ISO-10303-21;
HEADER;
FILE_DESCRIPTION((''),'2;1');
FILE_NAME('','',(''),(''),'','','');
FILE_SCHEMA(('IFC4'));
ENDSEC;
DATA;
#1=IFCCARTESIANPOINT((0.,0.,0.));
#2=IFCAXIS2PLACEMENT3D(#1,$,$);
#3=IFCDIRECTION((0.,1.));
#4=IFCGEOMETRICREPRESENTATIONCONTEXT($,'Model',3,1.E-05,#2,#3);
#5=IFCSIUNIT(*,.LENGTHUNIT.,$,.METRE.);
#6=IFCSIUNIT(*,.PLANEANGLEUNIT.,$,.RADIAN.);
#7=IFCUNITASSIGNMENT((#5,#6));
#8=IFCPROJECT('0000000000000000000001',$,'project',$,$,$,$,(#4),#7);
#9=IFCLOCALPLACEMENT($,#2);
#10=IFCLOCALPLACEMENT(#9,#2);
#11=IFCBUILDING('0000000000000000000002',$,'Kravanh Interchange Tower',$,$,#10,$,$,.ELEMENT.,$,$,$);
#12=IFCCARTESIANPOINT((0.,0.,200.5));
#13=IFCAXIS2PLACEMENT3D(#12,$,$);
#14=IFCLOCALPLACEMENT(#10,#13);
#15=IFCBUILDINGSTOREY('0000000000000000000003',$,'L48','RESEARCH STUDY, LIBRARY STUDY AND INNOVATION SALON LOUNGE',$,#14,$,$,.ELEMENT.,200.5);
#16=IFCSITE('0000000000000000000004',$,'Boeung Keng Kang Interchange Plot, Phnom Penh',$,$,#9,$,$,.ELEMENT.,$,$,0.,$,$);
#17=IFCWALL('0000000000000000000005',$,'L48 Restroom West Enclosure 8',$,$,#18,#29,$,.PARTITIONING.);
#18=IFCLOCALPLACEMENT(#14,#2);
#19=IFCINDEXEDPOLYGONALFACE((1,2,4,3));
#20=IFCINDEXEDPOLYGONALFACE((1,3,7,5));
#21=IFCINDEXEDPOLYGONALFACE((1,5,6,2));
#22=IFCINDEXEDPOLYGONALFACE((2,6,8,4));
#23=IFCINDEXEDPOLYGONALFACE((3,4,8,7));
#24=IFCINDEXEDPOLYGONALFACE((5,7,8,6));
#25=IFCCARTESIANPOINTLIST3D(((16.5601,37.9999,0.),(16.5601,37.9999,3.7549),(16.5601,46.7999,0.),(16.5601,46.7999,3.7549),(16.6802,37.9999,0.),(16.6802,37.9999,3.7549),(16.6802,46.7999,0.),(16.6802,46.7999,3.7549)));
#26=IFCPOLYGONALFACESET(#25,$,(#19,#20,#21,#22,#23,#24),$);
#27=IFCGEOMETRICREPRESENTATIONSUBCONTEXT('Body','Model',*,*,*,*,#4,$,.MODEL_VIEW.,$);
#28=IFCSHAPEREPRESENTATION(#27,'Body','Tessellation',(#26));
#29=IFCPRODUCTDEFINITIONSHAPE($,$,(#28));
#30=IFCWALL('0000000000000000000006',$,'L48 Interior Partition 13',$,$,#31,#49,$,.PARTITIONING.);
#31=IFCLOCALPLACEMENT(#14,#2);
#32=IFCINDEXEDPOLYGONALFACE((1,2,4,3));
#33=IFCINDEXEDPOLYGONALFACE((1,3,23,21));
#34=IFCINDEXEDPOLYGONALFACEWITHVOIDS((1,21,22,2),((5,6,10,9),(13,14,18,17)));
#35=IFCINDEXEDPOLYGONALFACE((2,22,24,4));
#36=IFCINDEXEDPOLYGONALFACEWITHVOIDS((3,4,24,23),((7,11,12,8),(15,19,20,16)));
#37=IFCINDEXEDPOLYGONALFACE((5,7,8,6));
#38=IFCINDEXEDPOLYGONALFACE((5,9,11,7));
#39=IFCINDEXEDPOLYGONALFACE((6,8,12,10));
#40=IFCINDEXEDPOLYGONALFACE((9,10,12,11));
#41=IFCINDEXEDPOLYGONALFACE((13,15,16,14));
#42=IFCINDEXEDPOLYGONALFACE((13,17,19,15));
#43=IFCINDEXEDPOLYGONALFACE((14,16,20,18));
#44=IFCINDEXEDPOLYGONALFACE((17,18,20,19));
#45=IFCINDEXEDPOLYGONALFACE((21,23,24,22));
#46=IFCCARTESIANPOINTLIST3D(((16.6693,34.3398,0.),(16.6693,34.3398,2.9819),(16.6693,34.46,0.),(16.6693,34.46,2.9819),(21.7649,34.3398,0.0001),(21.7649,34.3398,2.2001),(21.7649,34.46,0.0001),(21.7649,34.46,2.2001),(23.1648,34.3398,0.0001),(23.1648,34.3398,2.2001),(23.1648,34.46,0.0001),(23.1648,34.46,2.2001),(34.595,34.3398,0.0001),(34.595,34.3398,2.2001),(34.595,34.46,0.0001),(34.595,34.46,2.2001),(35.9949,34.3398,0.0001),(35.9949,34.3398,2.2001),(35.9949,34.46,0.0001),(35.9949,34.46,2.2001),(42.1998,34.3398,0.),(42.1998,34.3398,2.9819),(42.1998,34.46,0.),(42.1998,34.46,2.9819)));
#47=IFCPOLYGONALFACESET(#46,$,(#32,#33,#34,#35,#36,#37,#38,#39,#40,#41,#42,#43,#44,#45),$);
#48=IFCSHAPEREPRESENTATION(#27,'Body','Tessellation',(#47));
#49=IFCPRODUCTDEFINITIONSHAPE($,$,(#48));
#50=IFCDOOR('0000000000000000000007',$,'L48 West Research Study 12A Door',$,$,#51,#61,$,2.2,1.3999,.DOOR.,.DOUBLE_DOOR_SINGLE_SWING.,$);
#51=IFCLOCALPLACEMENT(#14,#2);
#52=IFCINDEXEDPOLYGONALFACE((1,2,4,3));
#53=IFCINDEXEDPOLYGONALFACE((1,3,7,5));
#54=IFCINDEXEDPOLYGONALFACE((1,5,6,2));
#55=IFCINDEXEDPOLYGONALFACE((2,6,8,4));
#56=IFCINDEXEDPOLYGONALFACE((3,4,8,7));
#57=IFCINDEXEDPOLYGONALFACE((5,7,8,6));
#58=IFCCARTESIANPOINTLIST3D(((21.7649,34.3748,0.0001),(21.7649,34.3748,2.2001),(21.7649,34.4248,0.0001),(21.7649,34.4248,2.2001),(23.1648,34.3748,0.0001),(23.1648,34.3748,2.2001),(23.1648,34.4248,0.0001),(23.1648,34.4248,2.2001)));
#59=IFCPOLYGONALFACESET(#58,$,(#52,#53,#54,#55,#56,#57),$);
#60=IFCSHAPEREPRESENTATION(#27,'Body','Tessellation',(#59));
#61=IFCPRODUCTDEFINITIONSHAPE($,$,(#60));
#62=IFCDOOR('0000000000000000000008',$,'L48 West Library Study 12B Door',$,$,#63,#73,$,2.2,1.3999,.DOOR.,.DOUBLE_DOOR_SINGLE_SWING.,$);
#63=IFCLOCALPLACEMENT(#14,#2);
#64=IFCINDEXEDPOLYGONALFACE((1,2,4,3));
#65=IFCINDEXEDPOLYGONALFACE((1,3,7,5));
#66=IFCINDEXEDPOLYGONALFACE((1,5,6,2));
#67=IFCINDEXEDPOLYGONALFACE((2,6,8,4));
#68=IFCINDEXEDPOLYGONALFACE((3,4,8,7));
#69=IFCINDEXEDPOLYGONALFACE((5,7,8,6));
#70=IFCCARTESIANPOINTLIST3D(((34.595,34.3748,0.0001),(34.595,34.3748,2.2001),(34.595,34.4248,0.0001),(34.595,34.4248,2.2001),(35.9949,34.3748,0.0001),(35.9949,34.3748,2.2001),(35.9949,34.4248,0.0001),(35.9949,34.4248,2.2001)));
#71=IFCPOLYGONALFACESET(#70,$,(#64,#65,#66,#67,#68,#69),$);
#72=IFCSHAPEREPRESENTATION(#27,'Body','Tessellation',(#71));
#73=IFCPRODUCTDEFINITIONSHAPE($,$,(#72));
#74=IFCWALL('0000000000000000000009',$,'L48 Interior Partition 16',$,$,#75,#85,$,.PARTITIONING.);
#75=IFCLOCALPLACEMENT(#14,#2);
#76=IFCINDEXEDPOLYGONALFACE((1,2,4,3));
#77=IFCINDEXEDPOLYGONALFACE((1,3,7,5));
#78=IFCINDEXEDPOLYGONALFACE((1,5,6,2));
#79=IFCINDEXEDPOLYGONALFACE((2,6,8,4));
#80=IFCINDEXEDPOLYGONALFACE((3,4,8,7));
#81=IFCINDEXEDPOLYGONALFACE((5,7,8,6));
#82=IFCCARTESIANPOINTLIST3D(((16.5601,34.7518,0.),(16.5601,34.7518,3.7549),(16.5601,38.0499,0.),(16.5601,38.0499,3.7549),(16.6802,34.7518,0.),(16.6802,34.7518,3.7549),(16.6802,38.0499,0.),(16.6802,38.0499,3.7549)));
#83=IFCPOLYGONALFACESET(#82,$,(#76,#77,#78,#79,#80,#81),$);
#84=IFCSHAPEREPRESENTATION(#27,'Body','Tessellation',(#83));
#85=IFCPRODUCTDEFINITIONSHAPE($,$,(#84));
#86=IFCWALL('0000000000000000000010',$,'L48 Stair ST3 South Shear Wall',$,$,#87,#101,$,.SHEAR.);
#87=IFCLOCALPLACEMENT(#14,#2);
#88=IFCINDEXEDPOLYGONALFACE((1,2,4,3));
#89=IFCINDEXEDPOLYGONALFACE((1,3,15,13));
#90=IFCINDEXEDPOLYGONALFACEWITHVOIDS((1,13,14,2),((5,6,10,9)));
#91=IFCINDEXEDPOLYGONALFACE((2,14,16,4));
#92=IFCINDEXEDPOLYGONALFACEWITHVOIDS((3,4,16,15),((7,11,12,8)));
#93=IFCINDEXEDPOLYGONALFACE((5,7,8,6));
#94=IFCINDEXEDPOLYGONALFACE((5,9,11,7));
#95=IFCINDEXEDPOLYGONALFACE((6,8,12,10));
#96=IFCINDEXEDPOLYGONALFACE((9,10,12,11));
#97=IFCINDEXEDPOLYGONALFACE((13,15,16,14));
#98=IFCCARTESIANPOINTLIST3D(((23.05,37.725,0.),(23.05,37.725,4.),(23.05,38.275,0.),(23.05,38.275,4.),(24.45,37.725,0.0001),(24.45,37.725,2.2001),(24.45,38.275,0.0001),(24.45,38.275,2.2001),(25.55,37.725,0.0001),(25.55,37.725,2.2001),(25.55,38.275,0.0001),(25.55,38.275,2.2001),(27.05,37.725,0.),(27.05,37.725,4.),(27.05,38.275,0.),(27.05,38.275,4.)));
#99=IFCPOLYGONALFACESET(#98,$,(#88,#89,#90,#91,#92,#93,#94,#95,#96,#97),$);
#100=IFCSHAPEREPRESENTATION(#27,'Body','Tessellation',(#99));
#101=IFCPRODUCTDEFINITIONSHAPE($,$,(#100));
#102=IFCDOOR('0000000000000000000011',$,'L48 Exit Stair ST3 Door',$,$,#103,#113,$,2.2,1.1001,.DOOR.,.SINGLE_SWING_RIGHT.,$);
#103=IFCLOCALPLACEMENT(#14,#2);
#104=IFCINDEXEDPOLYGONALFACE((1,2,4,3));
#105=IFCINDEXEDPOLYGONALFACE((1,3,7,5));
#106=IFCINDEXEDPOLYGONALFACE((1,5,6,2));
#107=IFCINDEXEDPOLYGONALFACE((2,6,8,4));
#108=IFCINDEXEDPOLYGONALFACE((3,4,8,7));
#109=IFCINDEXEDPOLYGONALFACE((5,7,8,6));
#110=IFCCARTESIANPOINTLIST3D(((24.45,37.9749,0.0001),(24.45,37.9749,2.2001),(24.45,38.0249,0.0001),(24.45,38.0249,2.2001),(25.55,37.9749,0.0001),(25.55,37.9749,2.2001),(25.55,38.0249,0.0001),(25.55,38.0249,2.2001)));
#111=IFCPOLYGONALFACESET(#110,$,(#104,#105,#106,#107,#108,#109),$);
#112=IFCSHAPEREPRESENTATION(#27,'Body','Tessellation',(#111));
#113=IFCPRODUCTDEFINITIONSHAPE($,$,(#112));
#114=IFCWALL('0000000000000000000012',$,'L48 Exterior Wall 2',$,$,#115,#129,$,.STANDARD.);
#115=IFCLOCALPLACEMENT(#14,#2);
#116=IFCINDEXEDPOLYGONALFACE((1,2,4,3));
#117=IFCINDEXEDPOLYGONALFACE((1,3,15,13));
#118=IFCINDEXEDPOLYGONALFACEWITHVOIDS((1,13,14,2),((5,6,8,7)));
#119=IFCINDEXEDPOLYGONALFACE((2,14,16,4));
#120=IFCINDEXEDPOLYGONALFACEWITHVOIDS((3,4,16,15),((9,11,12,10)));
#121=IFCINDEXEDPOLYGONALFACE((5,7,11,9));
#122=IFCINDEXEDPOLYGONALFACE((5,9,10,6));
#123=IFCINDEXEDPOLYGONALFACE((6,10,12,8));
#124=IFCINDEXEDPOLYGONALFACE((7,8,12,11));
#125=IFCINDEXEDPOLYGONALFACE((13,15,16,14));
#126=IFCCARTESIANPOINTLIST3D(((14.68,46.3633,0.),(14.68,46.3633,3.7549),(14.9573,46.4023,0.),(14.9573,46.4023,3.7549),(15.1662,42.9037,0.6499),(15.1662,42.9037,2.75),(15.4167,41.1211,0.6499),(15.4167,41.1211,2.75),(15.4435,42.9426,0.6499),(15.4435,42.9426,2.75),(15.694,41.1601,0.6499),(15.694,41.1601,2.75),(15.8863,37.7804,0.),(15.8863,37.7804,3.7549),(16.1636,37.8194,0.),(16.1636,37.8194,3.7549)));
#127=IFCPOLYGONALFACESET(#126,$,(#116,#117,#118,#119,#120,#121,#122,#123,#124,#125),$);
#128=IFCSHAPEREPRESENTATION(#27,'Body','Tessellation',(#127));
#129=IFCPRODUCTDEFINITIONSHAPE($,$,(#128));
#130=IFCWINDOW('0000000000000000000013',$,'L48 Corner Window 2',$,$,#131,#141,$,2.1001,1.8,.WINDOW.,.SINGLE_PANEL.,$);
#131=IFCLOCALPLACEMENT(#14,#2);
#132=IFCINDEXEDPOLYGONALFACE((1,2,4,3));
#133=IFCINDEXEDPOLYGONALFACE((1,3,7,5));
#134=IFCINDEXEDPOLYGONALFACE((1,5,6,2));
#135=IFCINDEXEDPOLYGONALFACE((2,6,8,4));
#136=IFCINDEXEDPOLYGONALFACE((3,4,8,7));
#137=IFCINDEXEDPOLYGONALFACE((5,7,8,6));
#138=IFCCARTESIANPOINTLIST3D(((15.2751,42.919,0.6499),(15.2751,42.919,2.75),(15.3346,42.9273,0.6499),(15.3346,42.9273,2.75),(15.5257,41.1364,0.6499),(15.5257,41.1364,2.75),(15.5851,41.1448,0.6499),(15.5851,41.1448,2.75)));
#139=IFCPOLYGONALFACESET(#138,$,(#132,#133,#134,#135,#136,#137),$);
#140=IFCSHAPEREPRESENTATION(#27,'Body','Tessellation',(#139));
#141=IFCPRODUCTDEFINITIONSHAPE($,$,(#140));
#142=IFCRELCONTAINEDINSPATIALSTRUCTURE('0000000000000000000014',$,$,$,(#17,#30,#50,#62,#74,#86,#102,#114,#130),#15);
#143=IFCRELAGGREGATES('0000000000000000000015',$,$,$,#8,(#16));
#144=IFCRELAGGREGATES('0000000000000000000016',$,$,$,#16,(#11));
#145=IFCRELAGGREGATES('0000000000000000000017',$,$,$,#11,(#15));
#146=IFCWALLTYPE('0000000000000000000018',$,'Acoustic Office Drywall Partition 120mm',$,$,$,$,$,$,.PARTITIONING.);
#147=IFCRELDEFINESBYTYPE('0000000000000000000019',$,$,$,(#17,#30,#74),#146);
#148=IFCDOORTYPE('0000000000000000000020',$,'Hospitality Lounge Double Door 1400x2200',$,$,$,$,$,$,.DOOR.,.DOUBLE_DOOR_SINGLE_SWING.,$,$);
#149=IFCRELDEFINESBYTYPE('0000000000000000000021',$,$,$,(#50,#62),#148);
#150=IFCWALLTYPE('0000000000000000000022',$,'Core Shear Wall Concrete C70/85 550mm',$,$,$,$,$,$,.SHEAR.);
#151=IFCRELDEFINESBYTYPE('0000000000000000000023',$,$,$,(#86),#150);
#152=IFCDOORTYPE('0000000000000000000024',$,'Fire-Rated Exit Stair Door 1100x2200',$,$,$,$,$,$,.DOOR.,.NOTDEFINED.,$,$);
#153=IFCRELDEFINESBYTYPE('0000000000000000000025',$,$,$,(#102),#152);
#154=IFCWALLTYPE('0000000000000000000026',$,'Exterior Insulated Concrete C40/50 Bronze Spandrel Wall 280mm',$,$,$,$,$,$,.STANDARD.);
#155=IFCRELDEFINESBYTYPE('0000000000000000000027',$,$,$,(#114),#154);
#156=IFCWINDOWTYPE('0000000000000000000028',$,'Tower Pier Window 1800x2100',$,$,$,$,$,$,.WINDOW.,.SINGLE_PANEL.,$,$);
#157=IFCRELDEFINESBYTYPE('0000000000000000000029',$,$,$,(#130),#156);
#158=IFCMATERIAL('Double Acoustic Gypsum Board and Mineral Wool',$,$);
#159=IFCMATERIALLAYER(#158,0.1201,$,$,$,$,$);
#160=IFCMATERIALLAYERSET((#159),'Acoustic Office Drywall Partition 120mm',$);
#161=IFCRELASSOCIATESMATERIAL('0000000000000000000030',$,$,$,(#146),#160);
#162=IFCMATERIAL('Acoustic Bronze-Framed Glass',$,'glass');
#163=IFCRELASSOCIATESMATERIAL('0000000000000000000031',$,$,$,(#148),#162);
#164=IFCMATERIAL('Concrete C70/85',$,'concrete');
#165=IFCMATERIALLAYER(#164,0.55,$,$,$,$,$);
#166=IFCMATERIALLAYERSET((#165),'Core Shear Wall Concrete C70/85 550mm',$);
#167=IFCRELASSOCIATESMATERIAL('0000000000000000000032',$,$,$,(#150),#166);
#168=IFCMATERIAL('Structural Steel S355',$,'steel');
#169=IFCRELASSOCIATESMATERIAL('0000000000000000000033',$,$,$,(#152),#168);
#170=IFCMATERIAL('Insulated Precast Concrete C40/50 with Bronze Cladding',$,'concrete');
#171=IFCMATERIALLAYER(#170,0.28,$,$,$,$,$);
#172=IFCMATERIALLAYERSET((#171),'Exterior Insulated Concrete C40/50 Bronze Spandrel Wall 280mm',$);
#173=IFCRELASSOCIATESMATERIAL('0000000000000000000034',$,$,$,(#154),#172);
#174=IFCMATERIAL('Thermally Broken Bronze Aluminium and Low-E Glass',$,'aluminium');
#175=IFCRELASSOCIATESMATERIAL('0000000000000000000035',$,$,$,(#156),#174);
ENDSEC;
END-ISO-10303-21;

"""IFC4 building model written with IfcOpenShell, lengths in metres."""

from ifc_helpers import new_model, si_unit, direction, frame, frame_2d, origin, place, context, subcontext, project, spatial, rectangle, extrude, material, layer, layer_set, type_object, element, fill, save


model = new_model("IFC4")

# Units and contexts
model_context = context("Model", 3, precision=1e-05, world=origin(), true_north=direction((0.0, 1.0)))
body_context = subcontext(model_context, "Body", "Model", "MODEL_VIEW")
ifc_project = project(units=[si_unit("LENGTHUNIT", "METRE"), si_unit("PLANEANGLEUNIT", "RADIAN")], contexts=[model_context])

# Site, building, storey
site_placement = place(None, origin())
site = spatial("IfcSite", under=ifc_project, at=site_placement, Name="Boeung Keng Kang Interchange Plot, Phnom Penh", CompositionType="ELEMENT", RefElevation=0.0)
building_placement = place(site_placement, origin())
building = spatial("IfcBuilding", under=site, at=building_placement, Name="Kravanh Interchange Tower", CompositionType="ELEMENT")
storey_placement = place(building_placement, frame((0.0, 0.0, 200.5)))
storey = spatial("IfcBuildingStorey", under=building, at=storey_placement, Name="L48", Description="RESEARCH STUDY, LIBRARY STUDY AND INNOVATION SALON LOUNGE", CompositionType="ELEMENT", Elevation=200.5)

# Shared definitions
ifc_material_1 = material(Name="Double Acoustic Gypsum Board and Mineral Wool")
ifc_layer_1 = layer(ifc_material_1, 0.1201)
ifc_layer_set_1 = layer_set([ifc_layer_1], Name="Acoustic Office Drywall Partition 120mm")
wall_type_1 = type_object("IfcWallType", Name="Acoustic Office Drywall Partition 120mm", PredefinedType="PARTITIONING", material=ifc_layer_set_1)

# Wall
wall_1_placement = place(storey_placement, frame((16.6201, 38.0, 0.0), z_axis=(0.0, 0.0, 1.0), x_axis=(0.0, 1.0, 0.0)))
element("IfcWall", 1, at=wall_1_placement, inside=storey, type_object=wall_type_1, Name="L48 Restroom West Enclosure 8", PredefinedType="PARTITIONING", context=body_context, shape_type="SweptSolid", body=[
    extrude(rectangle(XDim=8.8, YDim=0.1201, at=frame_2d((4.3999, 0.0))), origin(), (0.0, 0.0, 1.0), 3.7549),
])

# Wall, openings, doors
wall_2_placement = place(storey_placement, frame((16.6694, 34.3999, 0.0), z_axis=(0.0, 0.0, 1.0), x_axis=(1.0, 0.0, 0.0)))
wall_2 = element("IfcWall", 2, at=wall_2_placement, inside=storey, type_object=wall_type_1, Name="L48 Interior Partition 13", PredefinedType="PARTITIONING", context=body_context, shape_type="SweptSolid", body=[
    extrude(rectangle(XDim=25.5305, YDim=0.1201, at=frame_2d((12.7651, 0.0))), origin(), (0.0, 0.0, 1.0), 2.9819),
])
opening_1_placement = place(wall_2_placement, frame((5.0955, 0.0, 0.0)))
opening_1 = element("IfcOpeningElement", 3, at=opening_1_placement, cuts=wall_2, PredefinedType="OPENING", context=body_context, shape_type="SweptSolid", body=[
    extrude(rectangle(XDim=1.3999, YDim=2.2, at=frame_2d((0.7, 1.1001))), frame((0.0, 0.0701, 0.0), z_axis=(0.0, -1.0, 0.0), x_axis=(1.0, 0.0, 0.0)), (0.0, 0.0, 1.0), 0.1401),
])
opening_2_placement = place(wall_2_placement, frame((17.9255, 0.0, 0.0)))
opening_2 = element("IfcOpeningElement", 4, at=opening_2_placement, cuts=wall_2, PredefinedType="OPENING", context=body_context, shape_type="SweptSolid", body=[
    extrude(rectangle(XDim=1.3999, YDim=2.2, at=frame_2d((0.7, 1.1001))), frame((0.0, 0.0701, 0.0), z_axis=(0.0, -1.0, 0.0), x_axis=(1.0, 0.0, 0.0)), (0.0, 0.0, 1.0), 0.1401),
])
ifc_material_2 = material(Name="Acoustic Bronze-Framed Glass", Category="glass")
door_type_1 = type_object("IfcDoorType", Name="Hospitality Lounge Double Door 1400x2200", OperationType="DOUBLE_DOOR_SINGLE_SWING", PredefinedType="DOOR", material=ifc_material_2)
door_1_placement = place(opening_1_placement, origin())
door_1 = element("IfcDoor", 5, at=door_1_placement, inside=storey, type_object=door_type_1, Name="L48 West Research Study 12A Door", OperationType="DOUBLE_DOOR_SINGLE_SWING", OverallHeight=2.2, OverallWidth=1.3999, PredefinedType="DOOR", context=body_context, shape_type="SweptSolid", body=[
    extrude(rectangle(XDim=1.3999, YDim=2.2, at=frame_2d((0.7, 1.1001))), frame((0.0, 0.0249, 0.0), z_axis=(0.0, -1.0, 0.0), x_axis=(1.0, 0.0, 0.0)), (0.0, 0.0, 1.0), 0.05),
])
fill(opening_1, door_1)
door_2_placement = place(opening_2_placement, origin())
door_2 = element("IfcDoor", 6, at=door_2_placement, inside=storey, type_object=door_type_1, Name="L48 West Library Study 12B Door", OperationType="DOUBLE_DOOR_SINGLE_SWING", OverallHeight=2.2, OverallWidth=1.3999, PredefinedType="DOOR", context=body_context, shape_type="SweptSolid", body=[
    extrude(rectangle(XDim=1.3999, YDim=2.2, at=frame_2d((0.7, 1.1001))), frame((0.0, 0.0249, 0.0), z_axis=(0.0, -1.0, 0.0), x_axis=(1.0, 0.0, 0.0)), (0.0, 0.0, 1.0), 0.05),
])
fill(opening_2, door_2)

# Wall
wall_3_placement = place(storey_placement, frame((16.6201, 34.752, 0.0), z_axis=(0.0, 0.0, 1.0), x_axis=(0.0, 1.0, 0.0)))
element("IfcWall", 7, at=wall_3_placement, inside=storey, type_object=wall_type_1, Name="L48 Interior Partition 16", PredefinedType="PARTITIONING", context=body_context, shape_type="SweptSolid", body=[
    extrude(rectangle(XDim=3.2981, YDim=0.1201, at=frame_2d((1.6489, 0.0))), origin(), (0.0, 0.0, 1.0), 3.7549),
])

# Wall, opening, door
ifc_material_3 = material(Name="Concrete C70/85", Category="concrete")
ifc_layer_2 = layer(ifc_material_3, 0.55)
ifc_layer_set_2 = layer_set([ifc_layer_2], Name="Core Shear Wall Concrete C70/85 550mm")
wall_type_2 = type_object("IfcWallType", Name="Core Shear Wall Concrete C70/85 550mm", PredefinedType="SHEAR", material=ifc_layer_set_2)
wall_4_placement = place(storey_placement, frame((23.05, 38.0, 0.0), z_axis=(0.0, 0.0, 1.0), x_axis=(1.0, 0.0, 0.0)))
wall_4 = element("IfcWall", 8, at=wall_4_placement, inside=storey, type_object=wall_type_2, Name="L48 Stair ST3 South Shear Wall", PredefinedType="SHEAR", context=body_context, shape_type="SweptSolid", body=[
    extrude(rectangle(XDim=4.0, YDim=0.55, at=frame_2d((2.0, 0.0))), origin(), (0.0, 0.0, 1.0), 4.0),
])
opening_3_placement = place(wall_4_placement, frame((1.3999, 0.0, 0.0)))
opening_3 = element("IfcOpeningElement", 9, at=opening_3_placement, cuts=wall_4, PredefinedType="OPENING", context=body_context, shape_type="SweptSolid", body=[
    extrude(rectangle(XDim=1.1001, YDim=2.2, at=frame_2d((0.55, 1.1001))), frame((0.0, 0.2852, 0.0), z_axis=(0.0, -1.0, 0.0), x_axis=(1.0, 0.0, 0.0)), (0.0, 0.0, 1.0), 0.5701),
])
ifc_material_4 = material(Name="Structural Steel S355", Category="steel")
door_type_2 = type_object("IfcDoorType", Name="Fire-Rated Exit Stair Door 1100x2200", OperationType="NOTDEFINED", PredefinedType="DOOR", material=ifc_material_4)
door_3_placement = place(opening_3_placement, origin())
door_3 = element("IfcDoor", 10, at=door_3_placement, inside=storey, type_object=door_type_2, Name="L48 Exit Stair ST3 Door", OperationType="SINGLE_SWING_RIGHT", OverallHeight=2.2, OverallWidth=1.1001, PredefinedType="DOOR", context=body_context, shape_type="SweptSolid", body=[
    extrude(rectangle(XDim=1.1001, YDim=2.2, at=frame_2d((0.55, 1.1001))), frame((0.0, 0.0249, 0.0), z_axis=(0.0, -1.0, 0.0), x_axis=(1.0, 0.0, 0.0)), (0.0, 0.0, 1.0), 0.05),
])
fill(opening_3, door_3)

# Wall, opening, window
ifc_material_5 = material(Name="Insulated Precast Concrete C40/50 with Bronze Cladding", Category="concrete")
ifc_layer_3 = layer(ifc_material_5, 0.28)
ifc_layer_set_3 = layer_set([ifc_layer_3], Name="Exterior Insulated Concrete C40/50 Bronze Spandrel Wall 280mm")
wall_type_3 = type_object("IfcWallType", Name="Exterior Insulated Concrete C40/50 Bronze Spandrel Wall 280mm", PredefinedType="STANDARD", material=ifc_layer_set_3)
wall_5_placement = place(storey_placement, frame((16.0249, 37.8, 0.0), z_axis=(0.0, 0.0, 1.0), x_axis=(-0.139181, 0.990267, 0.0)))
wall_5 = element("IfcWall", 11, at=wall_5_placement, inside=storey, type_object=wall_type_3, Name="L48 Exterior Wall 2", PredefinedType="STANDARD", context=body_context, shape_type="SweptSolid", body=[
    extrude(rectangle(XDim=8.6672, YDim=0.28, at=frame_2d((4.3335, 0.0))), origin(), (0.0, 0.0, 1.0), 3.7549),
])
opening_4_placement = place(wall_5_placement, frame((3.3735, 0.0, 0.6499)))
opening_4 = element("IfcOpeningElement", 12, at=opening_4_placement, cuts=wall_5, PredefinedType="OPENING", context=body_context, shape_type="SweptSolid", body=[
    extrude(rectangle(XDim=1.8, YDim=2.1001, at=frame_2d((0.8999, 1.05))), frame((0.0, 0.1499, 0.0), z_axis=(0.0, -1.0, 0.0), x_axis=(1.0, 0.0, 0.0)), (0.0, 0.0, 1.0), 0.3),
])
ifc_material_6 = material(Name="Thermally Broken Bronze Aluminium and Low-E Glass", Category="aluminium")
window_type = type_object("IfcWindowType", Name="Tower Pier Window 1800x2100", PartitioningType="SINGLE_PANEL", PredefinedType="WINDOW", material=ifc_material_6)
window_placement = place(opening_4_placement, origin())
window = element("IfcWindow", 13, at=window_placement, inside=storey, type_object=window_type, Name="L48 Corner Window 2", OverallHeight=2.1001, OverallWidth=1.8, PartitioningType="SINGLE_PANEL", PredefinedType="WINDOW", context=body_context, shape_type="SweptSolid", body=[
    extrude(rectangle(XDim=1.8, YDim=2.1001, at=frame_2d((0.8999, 1.05))), frame((0.0, 0.03, 0.0), z_axis=(0.0, -1.0, 0.0), x_axis=(1.0, 0.0, 0.0)), (0.0, 0.0, 1.0), 0.0601),
])
fill(opening_4, window)

save(model, "model.ifc")
